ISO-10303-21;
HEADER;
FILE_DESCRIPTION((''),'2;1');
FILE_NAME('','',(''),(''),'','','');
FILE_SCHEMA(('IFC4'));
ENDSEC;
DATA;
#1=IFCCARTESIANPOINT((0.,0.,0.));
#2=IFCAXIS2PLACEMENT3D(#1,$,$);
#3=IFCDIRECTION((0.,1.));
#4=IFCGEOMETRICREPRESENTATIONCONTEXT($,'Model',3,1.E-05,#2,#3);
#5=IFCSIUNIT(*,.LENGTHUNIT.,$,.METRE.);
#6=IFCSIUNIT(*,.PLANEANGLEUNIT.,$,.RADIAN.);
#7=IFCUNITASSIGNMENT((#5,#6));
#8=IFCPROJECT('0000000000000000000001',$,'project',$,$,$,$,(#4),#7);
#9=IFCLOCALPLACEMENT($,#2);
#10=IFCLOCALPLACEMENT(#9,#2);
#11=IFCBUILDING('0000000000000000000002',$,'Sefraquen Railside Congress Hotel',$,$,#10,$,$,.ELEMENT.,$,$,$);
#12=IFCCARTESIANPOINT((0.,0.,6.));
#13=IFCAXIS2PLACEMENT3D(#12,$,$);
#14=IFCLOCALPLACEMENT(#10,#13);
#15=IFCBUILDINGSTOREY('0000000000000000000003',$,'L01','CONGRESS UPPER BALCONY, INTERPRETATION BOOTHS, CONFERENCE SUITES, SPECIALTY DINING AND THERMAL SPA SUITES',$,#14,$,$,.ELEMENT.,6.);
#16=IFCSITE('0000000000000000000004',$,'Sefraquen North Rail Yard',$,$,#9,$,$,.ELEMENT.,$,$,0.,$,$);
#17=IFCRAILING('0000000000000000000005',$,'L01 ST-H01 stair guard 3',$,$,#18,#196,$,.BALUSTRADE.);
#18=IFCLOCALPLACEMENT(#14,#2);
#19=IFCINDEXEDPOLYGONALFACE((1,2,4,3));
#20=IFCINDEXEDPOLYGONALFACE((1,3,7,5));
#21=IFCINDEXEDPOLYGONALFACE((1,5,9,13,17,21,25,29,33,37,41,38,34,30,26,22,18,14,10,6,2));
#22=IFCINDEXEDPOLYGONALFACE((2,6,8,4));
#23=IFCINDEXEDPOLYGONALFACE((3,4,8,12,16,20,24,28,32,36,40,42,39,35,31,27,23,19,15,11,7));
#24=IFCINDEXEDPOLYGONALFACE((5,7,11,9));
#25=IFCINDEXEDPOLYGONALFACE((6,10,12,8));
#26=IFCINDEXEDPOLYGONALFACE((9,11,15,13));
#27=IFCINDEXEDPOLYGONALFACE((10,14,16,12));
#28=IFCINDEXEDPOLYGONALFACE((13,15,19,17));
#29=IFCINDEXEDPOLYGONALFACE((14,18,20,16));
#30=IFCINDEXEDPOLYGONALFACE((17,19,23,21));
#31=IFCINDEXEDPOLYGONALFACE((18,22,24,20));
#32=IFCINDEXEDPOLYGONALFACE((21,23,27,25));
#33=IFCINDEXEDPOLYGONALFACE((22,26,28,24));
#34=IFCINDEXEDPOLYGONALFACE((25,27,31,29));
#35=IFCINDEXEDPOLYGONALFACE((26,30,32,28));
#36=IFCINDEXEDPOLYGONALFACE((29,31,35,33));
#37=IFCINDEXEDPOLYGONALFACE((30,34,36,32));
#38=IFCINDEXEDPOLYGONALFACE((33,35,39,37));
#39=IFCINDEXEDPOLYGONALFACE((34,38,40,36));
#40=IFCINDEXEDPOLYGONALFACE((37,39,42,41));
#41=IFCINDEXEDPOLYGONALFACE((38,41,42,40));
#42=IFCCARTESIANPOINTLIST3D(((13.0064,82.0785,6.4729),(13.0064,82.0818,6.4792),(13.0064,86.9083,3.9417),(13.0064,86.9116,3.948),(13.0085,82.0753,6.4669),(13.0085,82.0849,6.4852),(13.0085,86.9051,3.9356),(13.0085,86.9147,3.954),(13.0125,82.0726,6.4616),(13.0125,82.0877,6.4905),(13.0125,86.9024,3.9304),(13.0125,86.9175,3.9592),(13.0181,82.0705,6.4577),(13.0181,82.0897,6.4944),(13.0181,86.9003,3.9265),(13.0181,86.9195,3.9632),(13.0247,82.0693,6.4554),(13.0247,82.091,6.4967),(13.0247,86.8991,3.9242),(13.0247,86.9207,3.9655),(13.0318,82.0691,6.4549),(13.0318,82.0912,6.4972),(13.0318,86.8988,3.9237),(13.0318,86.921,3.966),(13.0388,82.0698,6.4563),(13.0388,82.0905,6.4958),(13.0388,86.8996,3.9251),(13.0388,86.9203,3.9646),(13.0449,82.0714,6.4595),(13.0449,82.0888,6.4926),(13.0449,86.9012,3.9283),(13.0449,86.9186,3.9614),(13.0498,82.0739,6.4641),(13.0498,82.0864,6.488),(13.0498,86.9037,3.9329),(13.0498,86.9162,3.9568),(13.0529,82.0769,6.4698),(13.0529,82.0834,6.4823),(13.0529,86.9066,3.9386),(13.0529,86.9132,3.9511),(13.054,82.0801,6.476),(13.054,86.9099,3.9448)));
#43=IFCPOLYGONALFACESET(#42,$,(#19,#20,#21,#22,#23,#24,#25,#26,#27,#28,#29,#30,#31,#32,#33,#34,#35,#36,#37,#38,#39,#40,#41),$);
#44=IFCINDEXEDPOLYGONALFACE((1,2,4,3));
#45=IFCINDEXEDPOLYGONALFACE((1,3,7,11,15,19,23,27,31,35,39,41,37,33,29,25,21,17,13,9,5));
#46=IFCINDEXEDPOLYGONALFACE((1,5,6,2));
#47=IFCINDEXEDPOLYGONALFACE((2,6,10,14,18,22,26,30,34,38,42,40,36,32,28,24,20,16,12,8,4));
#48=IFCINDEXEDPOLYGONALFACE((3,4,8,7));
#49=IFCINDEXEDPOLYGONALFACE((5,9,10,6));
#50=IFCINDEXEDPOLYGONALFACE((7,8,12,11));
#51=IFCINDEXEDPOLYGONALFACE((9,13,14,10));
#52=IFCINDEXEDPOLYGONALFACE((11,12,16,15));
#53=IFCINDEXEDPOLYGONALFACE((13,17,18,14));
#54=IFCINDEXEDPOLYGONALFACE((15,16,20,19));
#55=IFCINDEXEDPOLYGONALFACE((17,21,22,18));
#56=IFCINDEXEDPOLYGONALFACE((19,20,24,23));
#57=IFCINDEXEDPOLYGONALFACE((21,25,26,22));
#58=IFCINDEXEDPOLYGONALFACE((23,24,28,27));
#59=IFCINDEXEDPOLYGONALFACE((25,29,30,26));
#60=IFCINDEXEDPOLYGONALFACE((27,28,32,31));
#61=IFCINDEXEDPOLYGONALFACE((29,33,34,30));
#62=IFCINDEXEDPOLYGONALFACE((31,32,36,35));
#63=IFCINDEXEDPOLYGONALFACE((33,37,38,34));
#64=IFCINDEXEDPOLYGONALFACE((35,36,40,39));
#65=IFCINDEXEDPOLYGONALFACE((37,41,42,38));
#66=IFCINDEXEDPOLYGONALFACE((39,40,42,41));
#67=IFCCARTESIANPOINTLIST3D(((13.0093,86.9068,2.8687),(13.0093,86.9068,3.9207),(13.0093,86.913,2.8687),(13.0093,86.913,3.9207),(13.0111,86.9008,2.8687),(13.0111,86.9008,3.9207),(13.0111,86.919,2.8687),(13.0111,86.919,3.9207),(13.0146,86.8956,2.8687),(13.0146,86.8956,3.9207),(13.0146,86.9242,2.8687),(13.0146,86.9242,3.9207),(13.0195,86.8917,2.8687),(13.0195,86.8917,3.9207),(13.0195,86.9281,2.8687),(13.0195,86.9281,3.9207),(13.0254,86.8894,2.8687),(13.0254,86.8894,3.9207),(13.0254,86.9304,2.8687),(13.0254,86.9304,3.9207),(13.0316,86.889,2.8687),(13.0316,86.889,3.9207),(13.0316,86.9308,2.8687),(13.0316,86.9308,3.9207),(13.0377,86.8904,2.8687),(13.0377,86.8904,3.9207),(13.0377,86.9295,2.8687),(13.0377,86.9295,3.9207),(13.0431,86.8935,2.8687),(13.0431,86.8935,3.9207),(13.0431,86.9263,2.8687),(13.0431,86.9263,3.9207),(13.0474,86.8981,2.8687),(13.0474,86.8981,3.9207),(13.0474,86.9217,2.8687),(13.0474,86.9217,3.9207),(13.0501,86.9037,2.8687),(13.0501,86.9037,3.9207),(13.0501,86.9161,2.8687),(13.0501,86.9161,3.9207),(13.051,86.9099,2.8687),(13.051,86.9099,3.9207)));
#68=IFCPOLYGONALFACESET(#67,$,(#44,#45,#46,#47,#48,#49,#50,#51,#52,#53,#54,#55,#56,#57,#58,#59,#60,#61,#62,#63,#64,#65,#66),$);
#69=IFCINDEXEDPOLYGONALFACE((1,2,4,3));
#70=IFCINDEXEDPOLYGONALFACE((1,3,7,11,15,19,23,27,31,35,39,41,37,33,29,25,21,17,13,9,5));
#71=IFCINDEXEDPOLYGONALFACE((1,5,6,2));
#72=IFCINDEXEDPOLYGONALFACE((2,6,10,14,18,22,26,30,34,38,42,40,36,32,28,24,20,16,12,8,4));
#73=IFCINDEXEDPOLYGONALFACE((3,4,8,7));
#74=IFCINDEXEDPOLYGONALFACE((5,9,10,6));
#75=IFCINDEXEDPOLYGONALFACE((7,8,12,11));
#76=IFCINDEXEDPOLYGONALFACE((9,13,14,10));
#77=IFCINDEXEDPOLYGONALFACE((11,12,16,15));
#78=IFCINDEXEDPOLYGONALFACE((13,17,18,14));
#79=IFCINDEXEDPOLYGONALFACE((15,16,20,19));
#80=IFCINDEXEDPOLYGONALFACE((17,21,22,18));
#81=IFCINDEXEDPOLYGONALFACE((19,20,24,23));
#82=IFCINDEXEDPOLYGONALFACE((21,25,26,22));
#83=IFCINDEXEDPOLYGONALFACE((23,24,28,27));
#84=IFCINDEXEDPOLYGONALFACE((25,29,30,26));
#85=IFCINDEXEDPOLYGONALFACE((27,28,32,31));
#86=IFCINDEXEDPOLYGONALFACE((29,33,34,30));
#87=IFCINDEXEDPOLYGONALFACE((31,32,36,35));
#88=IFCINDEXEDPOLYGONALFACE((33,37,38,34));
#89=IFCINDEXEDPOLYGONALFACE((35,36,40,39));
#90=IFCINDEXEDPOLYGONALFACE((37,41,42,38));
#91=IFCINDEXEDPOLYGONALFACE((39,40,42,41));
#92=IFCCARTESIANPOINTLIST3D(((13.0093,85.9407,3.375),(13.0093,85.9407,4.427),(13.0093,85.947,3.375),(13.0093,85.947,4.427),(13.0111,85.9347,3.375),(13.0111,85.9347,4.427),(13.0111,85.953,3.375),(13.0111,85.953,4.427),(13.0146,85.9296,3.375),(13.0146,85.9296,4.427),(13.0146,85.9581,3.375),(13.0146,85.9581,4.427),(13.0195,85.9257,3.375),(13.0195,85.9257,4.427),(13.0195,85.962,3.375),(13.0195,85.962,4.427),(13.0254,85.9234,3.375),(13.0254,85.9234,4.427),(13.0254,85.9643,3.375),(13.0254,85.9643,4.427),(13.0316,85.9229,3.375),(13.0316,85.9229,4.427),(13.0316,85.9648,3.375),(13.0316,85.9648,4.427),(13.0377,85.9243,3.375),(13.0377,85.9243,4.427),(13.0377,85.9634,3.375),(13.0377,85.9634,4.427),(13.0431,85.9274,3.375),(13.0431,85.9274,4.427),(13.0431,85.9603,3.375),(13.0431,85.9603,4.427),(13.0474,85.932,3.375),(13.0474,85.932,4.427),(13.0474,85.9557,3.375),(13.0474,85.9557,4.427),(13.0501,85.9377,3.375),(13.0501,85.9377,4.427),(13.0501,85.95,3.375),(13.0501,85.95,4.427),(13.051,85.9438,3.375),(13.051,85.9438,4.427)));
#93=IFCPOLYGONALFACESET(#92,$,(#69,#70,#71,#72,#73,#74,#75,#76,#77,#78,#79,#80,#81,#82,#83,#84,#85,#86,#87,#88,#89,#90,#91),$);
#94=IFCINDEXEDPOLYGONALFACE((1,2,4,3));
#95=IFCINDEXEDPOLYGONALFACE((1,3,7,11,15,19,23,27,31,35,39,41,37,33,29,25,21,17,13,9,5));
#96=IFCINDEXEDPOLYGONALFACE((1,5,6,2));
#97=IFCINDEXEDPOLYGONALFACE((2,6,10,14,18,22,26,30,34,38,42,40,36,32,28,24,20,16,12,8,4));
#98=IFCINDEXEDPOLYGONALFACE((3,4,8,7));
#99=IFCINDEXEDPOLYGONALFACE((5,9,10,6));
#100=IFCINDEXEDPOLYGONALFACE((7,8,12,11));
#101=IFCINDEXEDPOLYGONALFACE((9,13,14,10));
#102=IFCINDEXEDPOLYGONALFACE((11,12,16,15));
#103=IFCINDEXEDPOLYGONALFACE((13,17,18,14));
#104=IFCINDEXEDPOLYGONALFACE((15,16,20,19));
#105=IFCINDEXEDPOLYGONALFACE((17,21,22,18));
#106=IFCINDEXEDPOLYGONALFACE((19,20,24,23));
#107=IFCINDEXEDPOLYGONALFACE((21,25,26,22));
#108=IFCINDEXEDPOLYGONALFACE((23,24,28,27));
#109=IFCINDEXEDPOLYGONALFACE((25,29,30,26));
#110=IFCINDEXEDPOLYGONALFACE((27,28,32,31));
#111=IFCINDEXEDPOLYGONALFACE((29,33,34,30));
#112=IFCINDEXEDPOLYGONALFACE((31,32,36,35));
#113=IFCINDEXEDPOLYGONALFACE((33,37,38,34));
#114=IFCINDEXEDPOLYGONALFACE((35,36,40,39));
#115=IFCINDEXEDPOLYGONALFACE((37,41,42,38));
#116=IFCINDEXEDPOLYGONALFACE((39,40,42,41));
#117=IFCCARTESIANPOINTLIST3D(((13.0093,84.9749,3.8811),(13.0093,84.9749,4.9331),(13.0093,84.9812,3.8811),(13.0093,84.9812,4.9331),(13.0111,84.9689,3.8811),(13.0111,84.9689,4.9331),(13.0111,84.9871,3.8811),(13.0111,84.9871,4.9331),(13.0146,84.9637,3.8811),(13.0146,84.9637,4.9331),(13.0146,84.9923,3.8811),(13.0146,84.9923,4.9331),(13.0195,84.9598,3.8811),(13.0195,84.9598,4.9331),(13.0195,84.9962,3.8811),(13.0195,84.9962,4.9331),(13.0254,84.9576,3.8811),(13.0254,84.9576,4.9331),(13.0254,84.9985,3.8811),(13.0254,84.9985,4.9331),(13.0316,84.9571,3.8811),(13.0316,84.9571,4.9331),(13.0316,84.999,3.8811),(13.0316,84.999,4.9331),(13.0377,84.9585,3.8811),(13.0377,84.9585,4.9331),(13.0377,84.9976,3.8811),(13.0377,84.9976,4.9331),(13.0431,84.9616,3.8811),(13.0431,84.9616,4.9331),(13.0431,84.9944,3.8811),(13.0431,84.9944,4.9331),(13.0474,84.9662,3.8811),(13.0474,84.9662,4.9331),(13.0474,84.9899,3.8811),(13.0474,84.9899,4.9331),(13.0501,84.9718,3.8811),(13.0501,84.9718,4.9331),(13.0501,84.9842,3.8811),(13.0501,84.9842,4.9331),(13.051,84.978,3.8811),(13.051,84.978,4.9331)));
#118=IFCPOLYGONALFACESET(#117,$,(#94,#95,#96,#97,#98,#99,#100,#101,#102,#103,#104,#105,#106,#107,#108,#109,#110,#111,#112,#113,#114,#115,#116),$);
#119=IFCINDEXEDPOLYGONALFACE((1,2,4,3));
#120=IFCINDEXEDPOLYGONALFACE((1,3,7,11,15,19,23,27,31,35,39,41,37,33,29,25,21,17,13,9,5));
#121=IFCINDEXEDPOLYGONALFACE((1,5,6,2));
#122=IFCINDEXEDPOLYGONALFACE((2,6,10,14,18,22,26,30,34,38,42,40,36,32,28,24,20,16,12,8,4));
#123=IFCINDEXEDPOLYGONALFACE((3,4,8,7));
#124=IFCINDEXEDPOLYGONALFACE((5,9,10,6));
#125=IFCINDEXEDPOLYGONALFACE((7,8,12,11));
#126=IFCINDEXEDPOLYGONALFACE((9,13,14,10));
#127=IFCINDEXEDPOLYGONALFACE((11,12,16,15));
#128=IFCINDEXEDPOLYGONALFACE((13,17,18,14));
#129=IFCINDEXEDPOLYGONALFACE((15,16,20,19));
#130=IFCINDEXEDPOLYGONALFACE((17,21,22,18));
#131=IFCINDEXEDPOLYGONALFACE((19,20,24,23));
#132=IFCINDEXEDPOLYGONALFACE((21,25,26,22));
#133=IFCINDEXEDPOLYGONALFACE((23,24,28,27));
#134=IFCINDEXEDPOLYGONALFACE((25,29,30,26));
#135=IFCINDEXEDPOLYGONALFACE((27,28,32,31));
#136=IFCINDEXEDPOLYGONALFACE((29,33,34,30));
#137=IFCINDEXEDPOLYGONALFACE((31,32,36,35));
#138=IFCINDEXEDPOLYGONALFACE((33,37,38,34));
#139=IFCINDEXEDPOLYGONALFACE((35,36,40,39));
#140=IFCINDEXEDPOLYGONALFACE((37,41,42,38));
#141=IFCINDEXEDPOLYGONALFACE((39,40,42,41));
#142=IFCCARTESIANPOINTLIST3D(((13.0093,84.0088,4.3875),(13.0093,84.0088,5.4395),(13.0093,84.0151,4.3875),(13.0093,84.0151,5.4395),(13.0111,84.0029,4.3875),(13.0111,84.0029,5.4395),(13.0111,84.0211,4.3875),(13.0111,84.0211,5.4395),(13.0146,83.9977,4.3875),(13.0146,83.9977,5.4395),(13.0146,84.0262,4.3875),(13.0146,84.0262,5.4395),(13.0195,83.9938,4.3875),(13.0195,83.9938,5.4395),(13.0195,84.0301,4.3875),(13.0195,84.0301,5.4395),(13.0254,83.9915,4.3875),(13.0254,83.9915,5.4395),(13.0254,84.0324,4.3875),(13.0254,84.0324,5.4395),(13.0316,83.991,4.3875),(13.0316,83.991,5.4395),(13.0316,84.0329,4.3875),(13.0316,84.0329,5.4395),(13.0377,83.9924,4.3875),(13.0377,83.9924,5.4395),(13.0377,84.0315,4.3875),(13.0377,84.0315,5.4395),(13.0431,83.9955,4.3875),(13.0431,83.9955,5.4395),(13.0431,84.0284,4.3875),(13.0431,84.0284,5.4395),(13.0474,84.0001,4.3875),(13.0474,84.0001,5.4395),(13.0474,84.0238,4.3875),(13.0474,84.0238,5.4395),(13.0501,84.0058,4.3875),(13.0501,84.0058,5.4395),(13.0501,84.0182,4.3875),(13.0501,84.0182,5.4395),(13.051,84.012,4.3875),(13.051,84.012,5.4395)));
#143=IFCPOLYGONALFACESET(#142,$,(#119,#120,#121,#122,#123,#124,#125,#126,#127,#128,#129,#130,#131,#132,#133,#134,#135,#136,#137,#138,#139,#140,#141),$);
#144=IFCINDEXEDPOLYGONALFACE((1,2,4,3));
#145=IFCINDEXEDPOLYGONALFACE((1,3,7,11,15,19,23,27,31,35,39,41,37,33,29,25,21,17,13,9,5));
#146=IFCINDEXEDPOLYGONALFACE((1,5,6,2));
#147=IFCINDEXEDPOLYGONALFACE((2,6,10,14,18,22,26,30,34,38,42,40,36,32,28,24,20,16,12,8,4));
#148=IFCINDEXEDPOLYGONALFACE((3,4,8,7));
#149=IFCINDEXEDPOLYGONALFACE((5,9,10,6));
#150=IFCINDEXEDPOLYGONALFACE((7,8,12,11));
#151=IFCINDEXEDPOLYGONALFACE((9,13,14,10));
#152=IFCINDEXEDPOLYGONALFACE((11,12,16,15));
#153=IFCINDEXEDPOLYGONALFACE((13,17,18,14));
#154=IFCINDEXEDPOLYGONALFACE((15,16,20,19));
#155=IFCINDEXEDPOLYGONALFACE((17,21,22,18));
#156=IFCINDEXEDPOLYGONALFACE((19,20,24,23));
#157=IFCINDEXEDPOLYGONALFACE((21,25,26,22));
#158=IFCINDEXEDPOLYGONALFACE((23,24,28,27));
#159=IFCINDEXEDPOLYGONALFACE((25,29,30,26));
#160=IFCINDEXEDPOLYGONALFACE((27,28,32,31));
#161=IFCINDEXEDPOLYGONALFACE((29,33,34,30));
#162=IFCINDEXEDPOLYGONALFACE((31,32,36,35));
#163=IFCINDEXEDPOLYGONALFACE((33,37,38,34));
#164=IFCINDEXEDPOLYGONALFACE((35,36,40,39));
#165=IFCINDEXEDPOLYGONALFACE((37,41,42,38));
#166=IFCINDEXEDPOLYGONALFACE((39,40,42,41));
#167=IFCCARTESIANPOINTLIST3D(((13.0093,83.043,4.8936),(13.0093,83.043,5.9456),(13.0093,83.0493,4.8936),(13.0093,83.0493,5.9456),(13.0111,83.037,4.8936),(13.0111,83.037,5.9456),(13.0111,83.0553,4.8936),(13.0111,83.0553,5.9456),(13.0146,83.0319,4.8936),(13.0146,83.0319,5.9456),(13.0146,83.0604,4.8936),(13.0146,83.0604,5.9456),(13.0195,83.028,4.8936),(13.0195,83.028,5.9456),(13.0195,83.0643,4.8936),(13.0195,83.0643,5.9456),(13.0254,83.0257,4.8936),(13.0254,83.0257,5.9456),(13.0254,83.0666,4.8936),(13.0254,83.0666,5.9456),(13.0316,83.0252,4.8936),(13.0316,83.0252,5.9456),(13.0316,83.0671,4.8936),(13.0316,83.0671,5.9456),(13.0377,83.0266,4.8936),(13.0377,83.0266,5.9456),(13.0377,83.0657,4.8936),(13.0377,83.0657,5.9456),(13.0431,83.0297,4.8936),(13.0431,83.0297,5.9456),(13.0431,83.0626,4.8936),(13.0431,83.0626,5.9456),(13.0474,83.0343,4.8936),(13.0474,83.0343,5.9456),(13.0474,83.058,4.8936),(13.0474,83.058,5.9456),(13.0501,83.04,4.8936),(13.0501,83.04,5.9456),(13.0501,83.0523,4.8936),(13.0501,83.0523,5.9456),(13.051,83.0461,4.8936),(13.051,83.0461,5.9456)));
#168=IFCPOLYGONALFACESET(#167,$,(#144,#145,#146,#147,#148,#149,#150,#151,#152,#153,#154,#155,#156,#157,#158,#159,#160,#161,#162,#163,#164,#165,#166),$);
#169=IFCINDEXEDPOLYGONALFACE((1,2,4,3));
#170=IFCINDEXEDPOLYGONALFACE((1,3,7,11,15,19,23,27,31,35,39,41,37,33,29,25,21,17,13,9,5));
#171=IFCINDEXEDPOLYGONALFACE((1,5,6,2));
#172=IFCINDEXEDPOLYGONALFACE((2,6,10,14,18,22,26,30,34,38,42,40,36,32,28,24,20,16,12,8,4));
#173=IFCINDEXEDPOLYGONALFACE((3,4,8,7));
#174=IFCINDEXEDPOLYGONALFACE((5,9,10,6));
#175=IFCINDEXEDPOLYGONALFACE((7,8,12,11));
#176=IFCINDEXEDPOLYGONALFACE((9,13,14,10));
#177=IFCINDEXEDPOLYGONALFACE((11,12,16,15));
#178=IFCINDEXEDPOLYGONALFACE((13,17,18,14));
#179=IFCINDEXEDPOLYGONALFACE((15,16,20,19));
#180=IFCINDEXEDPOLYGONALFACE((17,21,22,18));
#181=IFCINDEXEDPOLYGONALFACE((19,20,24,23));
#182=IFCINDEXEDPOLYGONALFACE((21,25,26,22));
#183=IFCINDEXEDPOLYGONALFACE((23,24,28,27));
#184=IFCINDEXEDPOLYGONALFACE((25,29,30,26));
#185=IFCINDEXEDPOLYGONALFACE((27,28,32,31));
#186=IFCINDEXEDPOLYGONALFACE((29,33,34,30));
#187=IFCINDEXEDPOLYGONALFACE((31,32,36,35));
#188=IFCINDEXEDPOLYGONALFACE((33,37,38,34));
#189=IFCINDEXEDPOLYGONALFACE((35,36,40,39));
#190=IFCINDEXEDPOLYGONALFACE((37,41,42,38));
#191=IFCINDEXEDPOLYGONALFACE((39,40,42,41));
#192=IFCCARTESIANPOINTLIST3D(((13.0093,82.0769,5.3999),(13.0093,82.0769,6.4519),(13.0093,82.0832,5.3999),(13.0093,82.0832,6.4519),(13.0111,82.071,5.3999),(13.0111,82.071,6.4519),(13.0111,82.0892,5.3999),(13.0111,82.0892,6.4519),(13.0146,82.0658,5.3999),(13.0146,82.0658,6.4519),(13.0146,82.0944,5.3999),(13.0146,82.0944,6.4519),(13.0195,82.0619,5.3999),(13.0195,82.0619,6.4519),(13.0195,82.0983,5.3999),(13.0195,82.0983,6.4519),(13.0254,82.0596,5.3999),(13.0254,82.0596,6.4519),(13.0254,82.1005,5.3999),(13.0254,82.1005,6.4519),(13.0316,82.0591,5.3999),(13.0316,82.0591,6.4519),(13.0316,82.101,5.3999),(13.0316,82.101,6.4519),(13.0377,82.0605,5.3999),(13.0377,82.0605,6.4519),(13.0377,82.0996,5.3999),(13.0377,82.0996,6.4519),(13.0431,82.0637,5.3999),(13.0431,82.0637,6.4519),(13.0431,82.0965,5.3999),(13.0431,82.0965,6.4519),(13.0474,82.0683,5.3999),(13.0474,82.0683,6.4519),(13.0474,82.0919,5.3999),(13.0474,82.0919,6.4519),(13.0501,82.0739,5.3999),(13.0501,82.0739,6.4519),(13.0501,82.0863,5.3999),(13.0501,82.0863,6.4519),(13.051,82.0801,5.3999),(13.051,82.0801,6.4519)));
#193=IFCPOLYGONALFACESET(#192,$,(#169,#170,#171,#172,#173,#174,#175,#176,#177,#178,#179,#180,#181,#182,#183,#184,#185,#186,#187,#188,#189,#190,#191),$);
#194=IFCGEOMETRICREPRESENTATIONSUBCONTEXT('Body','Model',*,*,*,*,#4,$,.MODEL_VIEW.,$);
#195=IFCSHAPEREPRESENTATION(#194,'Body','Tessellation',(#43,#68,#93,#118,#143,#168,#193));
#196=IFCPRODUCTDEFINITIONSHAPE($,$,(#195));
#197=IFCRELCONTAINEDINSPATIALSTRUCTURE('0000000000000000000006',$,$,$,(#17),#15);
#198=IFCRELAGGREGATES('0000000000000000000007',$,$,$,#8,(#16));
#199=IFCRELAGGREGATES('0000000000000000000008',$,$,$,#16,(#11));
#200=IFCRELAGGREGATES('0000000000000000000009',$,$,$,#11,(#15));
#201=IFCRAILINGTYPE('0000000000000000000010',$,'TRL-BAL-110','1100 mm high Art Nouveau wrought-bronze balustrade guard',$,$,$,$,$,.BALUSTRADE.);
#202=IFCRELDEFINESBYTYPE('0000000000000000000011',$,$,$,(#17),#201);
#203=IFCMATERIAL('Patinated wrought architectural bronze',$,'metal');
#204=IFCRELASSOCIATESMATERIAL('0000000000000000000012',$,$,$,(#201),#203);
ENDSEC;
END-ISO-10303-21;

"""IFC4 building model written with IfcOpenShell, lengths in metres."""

from ifc_helpers import new_model, si_unit, direction, frame, origin, origin_2d, place, context, subcontext, project, spatial, circle, extrude, material, type_object, element, save


model = new_model("IFC4")

# Units and contexts
model_context = context("Model", 3, precision=1e-05, world=origin(), true_north=direction((0.0, 1.0)))
body_context = subcontext(model_context, "Body", "Model", "MODEL_VIEW")
ifc_project = project(units=[si_unit("LENGTHUNIT", "METRE"), si_unit("PLANEANGLEUNIT", "RADIAN")], contexts=[model_context])

# Site, building, storey
site_placement = place(None, origin())
site = spatial("IfcSite", under=ifc_project, at=site_placement, Name="Sefraquen North Rail Yard", CompositionType="ELEMENT", RefElevation=0.0)
building_placement = place(site_placement, origin())
building = spatial("IfcBuilding", under=site, at=building_placement, Name="Sefraquen Railside Congress Hotel", CompositionType="ELEMENT")
storey_placement = place(building_placement, frame((0.0, 0.0, 6.0)))
storey = spatial("IfcBuildingStorey", under=building, at=storey_placement, Name="L01", Description="CONGRESS UPPER BALCONY, INTERPRETATION BOOTHS, CONFERENCE SUITES, SPECIALTY DINING AND THERMAL SPA SUITES", CompositionType="ELEMENT", Elevation=6.0)

# Railing
ifc_material_1 = material(Name="Patinated wrought architectural bronze", Category="metal")
railing_type_1 = type_object("IfcRailingType", Name="TRL-BAL-110", Description="1100 mm high Art Nouveau wrought-bronze balustrade guard", PredefinedType="BALUSTRADE", material=ifc_material_1)
railing_1_placement = place(storey_placement, frame((13.03, 86.9099, 2.8687)))
element("IfcRailing", 1, at=railing_1_placement, inside=storey, type_object=railing_type_1, Name="L01 ST-H01 stair guard 3", PredefinedType="BALUSTRADE", context=body_context, shape_type="SweptSolid", body=[
    extrude(circle(Radius=0.0239, at=origin_2d()), frame((0.0, 0.0, 1.0762), z_axis=(0.0, -0.885731, 0.464199), x_axis=(1.0, 0.0, 0.0)), (0.0, 0.0, 1.0), 5.4529),
    extrude(circle(Radius=0.021, at=origin_2d()), origin(), (0.0, 0.0, 1.0), 1.052),
    extrude(circle(Radius=0.021, at=origin_2d()), frame((0.0, -0.9661, 0.5063)), (0.0, 0.0, 1.0), 1.052),
    extrude(circle(Radius=0.021, at=origin_2d()), frame((0.0, -1.9319, 1.0125)), (0.0, 0.0, 1.0), 1.052),
    extrude(circle(Radius=0.021, at=origin_2d()), frame((0.0, -2.8979, 1.5188)), (0.0, 0.0, 1.0), 1.052),
    extrude(circle(Radius=0.021, at=origin_2d()), frame((0.0, -3.8638, 2.0249)), (0.0, 0.0, 1.0), 1.052),
    extrude(circle(Radius=0.021, at=origin_2d()), frame((0.0, -4.8298, 2.5312)), (0.0, 0.0, 1.0), 1.052),
])

save(model, "model.ifc")
